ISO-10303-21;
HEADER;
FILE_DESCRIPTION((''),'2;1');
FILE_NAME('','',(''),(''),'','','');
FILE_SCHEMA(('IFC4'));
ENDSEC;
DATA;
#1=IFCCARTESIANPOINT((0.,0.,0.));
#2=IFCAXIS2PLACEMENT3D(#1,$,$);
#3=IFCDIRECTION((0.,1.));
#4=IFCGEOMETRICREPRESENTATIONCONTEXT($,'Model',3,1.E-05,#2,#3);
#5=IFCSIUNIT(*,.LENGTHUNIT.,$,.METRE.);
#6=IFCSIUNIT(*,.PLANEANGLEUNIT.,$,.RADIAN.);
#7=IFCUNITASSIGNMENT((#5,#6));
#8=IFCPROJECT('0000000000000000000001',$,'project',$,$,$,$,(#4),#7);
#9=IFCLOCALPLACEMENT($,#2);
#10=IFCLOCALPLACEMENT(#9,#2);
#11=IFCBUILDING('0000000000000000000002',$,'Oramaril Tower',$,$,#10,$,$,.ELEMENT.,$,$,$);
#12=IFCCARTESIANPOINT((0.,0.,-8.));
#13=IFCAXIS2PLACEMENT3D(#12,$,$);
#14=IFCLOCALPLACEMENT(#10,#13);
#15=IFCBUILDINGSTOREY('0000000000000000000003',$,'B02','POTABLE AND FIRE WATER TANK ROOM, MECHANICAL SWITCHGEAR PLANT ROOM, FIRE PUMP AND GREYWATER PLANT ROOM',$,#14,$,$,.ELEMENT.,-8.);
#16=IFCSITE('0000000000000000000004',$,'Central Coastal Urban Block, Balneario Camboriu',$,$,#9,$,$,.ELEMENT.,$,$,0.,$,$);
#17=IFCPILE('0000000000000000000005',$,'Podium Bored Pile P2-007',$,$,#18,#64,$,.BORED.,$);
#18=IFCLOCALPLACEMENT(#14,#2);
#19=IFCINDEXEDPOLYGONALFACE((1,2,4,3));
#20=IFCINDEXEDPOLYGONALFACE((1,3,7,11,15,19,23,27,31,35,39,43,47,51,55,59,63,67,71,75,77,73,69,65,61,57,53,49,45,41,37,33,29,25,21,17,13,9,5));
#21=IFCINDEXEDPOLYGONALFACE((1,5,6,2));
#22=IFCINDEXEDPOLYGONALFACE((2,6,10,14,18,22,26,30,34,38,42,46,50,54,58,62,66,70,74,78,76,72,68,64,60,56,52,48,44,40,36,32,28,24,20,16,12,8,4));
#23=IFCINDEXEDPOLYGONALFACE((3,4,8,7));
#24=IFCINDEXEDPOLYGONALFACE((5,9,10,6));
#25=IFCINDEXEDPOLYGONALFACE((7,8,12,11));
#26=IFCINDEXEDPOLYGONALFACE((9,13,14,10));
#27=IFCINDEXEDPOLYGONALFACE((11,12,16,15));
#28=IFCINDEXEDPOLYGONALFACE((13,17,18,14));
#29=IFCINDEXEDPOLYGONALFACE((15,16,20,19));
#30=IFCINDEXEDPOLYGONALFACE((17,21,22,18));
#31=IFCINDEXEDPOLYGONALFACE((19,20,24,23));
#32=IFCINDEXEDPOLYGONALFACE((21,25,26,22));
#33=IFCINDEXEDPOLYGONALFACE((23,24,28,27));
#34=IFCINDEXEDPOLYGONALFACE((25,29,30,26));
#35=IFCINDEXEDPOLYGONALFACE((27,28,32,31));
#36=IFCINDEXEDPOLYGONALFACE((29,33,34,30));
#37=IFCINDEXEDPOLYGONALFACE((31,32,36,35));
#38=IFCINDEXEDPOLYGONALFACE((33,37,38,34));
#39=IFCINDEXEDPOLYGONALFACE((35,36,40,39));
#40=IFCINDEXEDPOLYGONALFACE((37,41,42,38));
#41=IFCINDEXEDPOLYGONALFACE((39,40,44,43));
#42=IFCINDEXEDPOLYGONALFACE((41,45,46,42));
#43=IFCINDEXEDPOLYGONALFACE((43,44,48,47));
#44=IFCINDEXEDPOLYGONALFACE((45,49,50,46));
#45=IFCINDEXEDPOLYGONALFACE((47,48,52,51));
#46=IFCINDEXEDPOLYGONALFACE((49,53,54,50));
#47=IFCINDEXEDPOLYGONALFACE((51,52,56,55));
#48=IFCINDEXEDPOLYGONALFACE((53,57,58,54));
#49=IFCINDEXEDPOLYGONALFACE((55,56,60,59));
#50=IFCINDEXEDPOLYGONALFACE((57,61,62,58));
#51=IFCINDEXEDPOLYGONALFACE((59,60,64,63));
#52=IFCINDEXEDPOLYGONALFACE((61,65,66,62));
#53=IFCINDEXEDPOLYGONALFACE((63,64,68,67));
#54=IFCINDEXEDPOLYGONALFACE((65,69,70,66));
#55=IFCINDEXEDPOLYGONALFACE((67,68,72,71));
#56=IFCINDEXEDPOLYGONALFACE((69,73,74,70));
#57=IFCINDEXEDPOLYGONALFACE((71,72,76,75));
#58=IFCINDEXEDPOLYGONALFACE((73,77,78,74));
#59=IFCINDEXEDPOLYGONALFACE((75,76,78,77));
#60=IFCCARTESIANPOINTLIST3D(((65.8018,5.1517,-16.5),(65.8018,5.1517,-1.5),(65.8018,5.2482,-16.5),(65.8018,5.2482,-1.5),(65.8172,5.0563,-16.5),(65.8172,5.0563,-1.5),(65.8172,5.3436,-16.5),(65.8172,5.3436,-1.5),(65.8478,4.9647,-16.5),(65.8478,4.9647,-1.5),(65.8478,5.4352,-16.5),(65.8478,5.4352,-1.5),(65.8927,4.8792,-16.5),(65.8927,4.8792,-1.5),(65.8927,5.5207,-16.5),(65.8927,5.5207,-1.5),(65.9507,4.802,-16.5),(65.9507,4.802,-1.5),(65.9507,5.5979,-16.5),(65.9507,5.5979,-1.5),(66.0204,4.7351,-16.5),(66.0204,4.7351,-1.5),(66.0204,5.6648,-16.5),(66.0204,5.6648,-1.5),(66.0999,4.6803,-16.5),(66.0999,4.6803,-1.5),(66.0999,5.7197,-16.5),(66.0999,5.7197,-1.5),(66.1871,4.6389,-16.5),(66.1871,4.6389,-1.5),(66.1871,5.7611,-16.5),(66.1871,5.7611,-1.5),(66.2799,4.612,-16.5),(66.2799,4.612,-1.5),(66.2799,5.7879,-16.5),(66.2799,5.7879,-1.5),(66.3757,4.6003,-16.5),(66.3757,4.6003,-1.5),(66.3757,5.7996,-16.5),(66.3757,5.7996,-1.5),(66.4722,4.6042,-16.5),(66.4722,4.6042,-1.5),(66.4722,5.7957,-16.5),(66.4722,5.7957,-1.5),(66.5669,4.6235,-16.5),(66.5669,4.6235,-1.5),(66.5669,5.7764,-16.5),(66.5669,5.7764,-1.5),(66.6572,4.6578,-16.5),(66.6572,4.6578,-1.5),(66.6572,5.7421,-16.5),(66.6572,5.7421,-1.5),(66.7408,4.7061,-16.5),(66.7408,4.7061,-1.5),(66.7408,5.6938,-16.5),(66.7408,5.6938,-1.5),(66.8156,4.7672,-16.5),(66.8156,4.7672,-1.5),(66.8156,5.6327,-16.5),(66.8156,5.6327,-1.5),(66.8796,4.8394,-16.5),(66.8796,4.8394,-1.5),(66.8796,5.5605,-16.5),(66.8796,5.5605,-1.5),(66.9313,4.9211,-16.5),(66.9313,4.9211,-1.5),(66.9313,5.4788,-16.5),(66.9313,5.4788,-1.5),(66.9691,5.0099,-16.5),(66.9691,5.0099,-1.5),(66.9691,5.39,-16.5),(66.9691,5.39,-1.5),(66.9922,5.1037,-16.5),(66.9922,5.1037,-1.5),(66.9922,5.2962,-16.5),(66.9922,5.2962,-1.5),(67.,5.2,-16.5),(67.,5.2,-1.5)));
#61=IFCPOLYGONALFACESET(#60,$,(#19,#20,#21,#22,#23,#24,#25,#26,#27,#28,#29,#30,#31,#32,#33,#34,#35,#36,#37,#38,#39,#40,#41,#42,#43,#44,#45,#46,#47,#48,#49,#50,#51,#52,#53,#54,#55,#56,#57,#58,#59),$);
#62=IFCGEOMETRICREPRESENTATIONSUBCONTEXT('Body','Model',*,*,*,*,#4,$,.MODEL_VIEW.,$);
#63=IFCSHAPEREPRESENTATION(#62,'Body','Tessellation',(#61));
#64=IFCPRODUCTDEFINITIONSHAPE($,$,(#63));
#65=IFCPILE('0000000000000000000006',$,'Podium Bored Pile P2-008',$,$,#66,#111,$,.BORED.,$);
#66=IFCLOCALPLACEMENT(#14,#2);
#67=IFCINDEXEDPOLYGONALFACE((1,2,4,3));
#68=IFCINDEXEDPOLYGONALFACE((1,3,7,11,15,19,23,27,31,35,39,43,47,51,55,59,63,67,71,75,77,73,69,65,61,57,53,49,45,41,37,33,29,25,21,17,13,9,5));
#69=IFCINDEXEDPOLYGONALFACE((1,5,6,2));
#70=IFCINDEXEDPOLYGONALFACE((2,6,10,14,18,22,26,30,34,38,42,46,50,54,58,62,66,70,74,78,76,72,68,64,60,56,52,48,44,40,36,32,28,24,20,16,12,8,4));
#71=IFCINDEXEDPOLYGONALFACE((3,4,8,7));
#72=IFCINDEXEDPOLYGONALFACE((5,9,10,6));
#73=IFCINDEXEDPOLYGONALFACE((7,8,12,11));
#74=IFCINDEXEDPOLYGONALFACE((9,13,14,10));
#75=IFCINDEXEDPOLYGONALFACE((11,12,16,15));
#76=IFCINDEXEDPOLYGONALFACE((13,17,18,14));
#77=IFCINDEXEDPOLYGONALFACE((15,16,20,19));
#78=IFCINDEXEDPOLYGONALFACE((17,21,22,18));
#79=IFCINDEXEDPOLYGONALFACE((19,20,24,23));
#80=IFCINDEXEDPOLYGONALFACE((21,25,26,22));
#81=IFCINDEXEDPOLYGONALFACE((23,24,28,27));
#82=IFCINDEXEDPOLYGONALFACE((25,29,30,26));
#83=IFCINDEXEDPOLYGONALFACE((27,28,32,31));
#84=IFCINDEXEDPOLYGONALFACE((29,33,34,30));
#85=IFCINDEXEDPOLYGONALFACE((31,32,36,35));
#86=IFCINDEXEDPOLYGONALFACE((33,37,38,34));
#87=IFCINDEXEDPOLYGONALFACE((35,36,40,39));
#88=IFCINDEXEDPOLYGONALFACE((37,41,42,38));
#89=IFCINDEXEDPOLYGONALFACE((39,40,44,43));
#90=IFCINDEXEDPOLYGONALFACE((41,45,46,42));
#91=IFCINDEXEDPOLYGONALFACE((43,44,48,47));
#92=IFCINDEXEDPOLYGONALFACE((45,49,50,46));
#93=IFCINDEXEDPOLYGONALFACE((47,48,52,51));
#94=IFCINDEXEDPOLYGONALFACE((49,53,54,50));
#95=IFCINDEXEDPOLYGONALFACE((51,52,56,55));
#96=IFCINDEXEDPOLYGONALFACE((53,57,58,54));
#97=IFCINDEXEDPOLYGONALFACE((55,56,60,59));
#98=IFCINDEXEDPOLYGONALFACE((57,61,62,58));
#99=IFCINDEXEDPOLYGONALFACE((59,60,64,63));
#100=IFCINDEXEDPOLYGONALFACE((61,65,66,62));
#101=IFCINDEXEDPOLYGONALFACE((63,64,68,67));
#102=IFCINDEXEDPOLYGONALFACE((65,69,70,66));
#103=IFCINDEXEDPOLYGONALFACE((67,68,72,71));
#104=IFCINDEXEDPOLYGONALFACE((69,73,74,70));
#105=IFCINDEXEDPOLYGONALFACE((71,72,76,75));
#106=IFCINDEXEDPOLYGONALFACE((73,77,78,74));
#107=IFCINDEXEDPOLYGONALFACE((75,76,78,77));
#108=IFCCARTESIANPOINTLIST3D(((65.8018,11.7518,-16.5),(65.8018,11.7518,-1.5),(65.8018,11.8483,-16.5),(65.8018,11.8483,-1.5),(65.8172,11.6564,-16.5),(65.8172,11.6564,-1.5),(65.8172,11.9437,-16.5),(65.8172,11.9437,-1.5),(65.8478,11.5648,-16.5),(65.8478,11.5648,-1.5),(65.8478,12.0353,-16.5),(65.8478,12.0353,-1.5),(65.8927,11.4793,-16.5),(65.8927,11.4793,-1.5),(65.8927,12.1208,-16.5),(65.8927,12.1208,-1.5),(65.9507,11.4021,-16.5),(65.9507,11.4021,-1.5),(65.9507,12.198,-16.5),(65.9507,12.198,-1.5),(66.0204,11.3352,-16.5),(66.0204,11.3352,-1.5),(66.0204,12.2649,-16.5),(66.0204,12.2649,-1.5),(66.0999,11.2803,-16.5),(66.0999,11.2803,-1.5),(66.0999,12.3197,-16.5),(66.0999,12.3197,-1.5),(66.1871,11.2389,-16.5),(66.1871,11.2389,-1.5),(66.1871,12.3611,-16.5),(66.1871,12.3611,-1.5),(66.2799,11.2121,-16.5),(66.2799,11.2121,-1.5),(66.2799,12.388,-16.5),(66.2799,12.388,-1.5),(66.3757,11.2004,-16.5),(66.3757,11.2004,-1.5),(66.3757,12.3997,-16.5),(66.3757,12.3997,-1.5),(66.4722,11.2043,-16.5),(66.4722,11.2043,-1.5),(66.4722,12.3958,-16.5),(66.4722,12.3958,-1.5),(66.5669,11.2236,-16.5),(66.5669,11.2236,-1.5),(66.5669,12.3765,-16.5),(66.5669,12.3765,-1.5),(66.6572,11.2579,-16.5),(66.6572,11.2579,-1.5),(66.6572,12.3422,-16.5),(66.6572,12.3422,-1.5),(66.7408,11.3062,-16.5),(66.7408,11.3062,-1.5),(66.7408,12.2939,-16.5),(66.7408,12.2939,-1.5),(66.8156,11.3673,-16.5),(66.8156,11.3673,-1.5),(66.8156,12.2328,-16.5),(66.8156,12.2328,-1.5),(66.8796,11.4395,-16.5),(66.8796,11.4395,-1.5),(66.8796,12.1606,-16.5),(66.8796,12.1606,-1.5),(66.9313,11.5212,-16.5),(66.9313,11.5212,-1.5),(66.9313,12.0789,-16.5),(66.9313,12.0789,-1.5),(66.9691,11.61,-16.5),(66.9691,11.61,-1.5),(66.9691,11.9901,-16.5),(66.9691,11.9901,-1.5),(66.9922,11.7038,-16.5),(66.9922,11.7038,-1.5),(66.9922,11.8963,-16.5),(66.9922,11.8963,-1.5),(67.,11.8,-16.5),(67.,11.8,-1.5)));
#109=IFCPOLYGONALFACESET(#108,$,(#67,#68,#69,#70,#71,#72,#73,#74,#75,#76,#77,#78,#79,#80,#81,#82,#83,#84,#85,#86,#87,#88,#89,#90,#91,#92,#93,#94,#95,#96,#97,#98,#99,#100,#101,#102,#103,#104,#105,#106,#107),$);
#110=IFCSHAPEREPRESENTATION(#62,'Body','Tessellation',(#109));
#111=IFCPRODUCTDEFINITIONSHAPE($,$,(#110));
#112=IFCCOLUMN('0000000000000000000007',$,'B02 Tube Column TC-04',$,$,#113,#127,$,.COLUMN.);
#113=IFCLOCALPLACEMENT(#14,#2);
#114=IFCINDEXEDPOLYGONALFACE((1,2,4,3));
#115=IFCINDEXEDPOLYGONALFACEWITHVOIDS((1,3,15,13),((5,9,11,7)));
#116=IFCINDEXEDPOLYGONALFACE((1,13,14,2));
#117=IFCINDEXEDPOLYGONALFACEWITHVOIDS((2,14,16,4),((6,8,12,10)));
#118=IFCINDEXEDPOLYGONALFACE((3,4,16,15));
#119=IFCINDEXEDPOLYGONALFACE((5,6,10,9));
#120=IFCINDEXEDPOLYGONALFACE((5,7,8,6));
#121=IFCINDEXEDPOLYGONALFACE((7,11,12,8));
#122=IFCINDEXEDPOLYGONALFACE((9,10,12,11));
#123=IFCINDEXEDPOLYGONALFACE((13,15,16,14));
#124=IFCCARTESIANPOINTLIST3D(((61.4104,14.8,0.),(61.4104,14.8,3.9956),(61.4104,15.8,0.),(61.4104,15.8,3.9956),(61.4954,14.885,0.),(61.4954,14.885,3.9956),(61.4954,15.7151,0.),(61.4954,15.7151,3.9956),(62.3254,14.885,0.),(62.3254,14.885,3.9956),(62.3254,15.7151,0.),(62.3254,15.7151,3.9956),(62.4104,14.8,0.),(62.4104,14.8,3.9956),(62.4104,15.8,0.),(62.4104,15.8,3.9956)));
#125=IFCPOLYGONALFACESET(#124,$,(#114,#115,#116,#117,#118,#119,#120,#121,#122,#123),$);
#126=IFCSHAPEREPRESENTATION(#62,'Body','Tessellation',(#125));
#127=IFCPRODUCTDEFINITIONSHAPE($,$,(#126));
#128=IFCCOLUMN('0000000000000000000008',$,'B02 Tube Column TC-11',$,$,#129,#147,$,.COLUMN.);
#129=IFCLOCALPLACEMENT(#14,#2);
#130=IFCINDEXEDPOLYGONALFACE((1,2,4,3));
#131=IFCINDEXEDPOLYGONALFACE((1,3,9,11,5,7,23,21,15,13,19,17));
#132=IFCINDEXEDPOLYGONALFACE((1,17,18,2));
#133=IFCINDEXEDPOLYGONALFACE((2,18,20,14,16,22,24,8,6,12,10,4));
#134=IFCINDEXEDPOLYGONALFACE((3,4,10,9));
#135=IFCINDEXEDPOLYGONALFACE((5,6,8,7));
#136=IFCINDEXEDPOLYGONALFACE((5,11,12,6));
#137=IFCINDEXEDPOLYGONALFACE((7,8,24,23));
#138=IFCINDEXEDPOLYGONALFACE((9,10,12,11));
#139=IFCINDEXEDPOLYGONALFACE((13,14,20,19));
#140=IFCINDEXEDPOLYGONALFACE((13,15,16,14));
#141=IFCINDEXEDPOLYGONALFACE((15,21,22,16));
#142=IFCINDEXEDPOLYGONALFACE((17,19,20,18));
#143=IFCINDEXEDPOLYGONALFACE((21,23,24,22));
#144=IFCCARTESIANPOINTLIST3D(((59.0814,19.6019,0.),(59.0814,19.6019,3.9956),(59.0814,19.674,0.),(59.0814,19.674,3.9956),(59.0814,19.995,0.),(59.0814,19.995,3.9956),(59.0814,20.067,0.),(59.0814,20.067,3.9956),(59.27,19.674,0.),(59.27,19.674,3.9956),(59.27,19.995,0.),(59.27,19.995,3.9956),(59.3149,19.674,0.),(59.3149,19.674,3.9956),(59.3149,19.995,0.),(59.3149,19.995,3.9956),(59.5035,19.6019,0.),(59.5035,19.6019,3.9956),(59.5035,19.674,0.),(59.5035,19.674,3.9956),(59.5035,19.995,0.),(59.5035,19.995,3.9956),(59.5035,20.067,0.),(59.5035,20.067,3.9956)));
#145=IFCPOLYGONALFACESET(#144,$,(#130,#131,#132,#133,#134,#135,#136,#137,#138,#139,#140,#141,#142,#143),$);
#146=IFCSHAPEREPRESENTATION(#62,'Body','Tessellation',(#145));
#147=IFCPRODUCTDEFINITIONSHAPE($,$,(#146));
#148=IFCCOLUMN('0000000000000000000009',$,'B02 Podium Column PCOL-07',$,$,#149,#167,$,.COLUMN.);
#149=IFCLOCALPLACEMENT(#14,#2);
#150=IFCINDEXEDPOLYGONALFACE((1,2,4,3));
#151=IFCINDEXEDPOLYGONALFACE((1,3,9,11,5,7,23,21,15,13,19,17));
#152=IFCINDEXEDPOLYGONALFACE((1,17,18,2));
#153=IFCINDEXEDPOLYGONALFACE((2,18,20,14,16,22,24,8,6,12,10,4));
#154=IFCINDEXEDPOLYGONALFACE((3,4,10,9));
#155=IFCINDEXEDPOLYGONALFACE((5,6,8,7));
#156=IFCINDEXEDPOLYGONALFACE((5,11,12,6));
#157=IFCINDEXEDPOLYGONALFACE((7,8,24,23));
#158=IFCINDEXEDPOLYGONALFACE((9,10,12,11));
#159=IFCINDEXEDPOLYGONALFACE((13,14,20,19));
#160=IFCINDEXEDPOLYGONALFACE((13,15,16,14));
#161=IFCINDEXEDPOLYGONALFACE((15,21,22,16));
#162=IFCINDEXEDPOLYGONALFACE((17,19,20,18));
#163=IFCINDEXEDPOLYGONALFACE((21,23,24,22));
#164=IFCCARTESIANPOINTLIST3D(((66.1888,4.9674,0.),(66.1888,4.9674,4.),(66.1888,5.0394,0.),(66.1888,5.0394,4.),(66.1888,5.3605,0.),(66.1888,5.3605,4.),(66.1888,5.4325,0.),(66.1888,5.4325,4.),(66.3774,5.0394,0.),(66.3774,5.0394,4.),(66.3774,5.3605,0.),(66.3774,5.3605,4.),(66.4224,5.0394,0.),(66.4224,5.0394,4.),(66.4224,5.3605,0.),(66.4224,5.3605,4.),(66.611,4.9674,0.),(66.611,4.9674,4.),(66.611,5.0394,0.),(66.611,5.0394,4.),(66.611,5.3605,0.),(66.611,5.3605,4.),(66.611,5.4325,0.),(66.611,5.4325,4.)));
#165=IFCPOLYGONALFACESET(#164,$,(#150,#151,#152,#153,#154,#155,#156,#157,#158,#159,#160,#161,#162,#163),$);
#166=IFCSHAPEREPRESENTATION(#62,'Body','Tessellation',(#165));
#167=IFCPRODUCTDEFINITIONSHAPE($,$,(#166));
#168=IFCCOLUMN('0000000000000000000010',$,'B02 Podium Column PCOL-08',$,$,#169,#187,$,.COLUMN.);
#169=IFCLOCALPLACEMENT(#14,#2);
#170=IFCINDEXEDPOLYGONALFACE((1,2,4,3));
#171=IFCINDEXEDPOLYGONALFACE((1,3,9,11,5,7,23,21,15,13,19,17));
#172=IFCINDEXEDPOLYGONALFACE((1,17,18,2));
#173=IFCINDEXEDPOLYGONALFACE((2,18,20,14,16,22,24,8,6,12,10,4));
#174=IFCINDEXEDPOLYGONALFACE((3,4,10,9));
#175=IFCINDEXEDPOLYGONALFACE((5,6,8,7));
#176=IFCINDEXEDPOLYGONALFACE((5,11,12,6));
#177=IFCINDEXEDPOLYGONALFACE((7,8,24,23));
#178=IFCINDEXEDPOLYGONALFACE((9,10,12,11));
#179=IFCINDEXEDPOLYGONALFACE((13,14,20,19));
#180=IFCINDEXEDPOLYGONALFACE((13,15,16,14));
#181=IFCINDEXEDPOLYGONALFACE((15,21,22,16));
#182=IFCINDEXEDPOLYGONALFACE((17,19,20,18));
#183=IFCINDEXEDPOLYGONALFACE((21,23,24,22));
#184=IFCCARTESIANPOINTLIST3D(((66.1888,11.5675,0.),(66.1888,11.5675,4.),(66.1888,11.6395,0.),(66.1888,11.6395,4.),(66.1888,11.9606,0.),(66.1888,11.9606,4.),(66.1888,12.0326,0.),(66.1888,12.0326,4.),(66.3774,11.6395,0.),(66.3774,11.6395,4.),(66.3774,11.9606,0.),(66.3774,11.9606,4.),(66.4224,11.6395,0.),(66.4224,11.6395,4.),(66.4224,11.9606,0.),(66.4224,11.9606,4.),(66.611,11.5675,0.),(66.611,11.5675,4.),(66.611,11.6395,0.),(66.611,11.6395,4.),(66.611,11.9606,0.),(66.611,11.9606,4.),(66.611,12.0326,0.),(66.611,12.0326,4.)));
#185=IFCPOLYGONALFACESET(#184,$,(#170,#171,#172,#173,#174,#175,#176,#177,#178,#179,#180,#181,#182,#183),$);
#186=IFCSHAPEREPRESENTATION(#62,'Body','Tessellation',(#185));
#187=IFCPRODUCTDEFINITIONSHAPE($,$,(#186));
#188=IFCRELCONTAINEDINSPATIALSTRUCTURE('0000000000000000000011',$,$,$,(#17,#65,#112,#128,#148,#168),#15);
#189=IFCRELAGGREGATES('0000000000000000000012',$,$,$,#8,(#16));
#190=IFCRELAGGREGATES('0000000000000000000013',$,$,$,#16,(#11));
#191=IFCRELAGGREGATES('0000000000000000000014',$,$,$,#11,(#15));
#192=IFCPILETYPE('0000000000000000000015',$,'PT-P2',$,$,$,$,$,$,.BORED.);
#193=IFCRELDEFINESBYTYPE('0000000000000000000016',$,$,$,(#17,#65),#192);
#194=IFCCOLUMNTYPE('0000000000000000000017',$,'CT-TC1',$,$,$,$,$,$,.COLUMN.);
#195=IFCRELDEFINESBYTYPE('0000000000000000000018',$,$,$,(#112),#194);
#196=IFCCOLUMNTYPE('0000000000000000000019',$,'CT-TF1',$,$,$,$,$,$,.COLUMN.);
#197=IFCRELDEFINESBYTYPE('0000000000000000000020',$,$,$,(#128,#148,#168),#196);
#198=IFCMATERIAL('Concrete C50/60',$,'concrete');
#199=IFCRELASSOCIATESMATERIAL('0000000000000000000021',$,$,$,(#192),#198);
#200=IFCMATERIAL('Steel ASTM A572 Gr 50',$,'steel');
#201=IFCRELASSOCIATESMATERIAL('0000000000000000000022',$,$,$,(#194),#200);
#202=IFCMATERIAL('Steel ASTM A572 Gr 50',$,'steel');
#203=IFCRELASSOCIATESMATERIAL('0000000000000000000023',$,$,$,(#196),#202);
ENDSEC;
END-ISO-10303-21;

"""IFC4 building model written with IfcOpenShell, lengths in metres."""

from ifc_helpers import new_model, si_unit, direction, frame, origin, origin_2d, place, context, subcontext, project, spatial, hollow_rectangle, circle, i_section, extrude, material, material_profile, profile_set, type_object, element, save


model = new_model("IFC4")

# Units and contexts
model_context = context("Model", 3, precision=1e-05, world=origin(), true_north=direction((0.0, 1.0)))
body_context = subcontext(model_context, "Body", "Model", "MODEL_VIEW")
ifc_project = project(units=[si_unit("LENGTHUNIT", "METRE"), si_unit("PLANEANGLEUNIT", "RADIAN")], contexts=[model_context])

# Site, building, storey
site_placement = place(None, origin())
site = spatial("IfcSite", under=ifc_project, at=site_placement, Name="Central Coastal Urban Block, Balneario Camboriu", CompositionType="ELEMENT", RefElevation=0.0)
building_placement = place(site_placement, origin())
building = spatial("IfcBuilding", under=site, at=building_placement, Name="Oramaril Tower", CompositionType="ELEMENT")
storey_placement = place(building_placement, frame((0.0, 0.0, -8.0)))
storey = spatial("IfcBuildingStorey", under=building, at=storey_placement, Name="B02", Description="POTABLE AND FIRE WATER TANK ROOM, MECHANICAL SWITCHGEAR PLANT ROOM, FIRE PUMP AND GREYWATER PLANT ROOM", CompositionType="ELEMENT", Elevation=-8.0)

# Piles
ifc_material_1 = material(Name="Concrete C50/60", Category="concrete")
ifc_material_profile_1 = material_profile(ifc_material_1, circle(Radius=0.6001, at=origin_2d()), Name="D1200")
ifc_profile_set_1 = profile_set([ifc_material_profile_1], Name="Concrete C50/60")
pile_type_1 = type_object("IfcPileType", Name="PT-P2", PredefinedType="BORED", material=ifc_profile_set_1)
for number, where, z_axis, x_axis, name in (
    (1, (66.3999, 5.2, -1.5), (0.0, 0.0, -1.0), (1.0, 0.0, 0.0), "Podium Bored Pile P2-007"),
    (2, (66.3999, 11.8, -1.5), (0.0, 0.0, -1.0), (1.0, 0.0, 0.0), "Podium Bored Pile P2-008"),
):
    element("IfcPile", number, at=place(storey_placement, frame(where, z_axis=z_axis, x_axis=x_axis)), inside=storey, type_object=pile_type_1, Name=name, PredefinedType="BORED", context=body_context, shape_type="SweptSolid", body=[
        extrude(circle(Radius=0.6001, at=origin_2d()), origin(), (0.0, 0.0, 1.0), 15.0),
    ])

# Columns
ifc_material_2 = material(Name="Steel ASTM A572 Gr 50", Category="steel")
ifc_material_profile_2 = material_profile(ifc_material_2, hollow_rectangle(XDim=1.0, YDim=1.0, WallThickness=0.085, at=origin_2d()), Name="BOX1000X1000X85")
ifc_profile_set_2 = profile_set([ifc_material_profile_2], Name="Steel ASTM A572 Gr 50")
column_type_1 = type_object("IfcColumnType", Name="CT-TC1", PredefinedType="COLUMN", material=ifc_profile_set_2)
column_1_placement = place(storey_placement, frame((61.9104, 15.3, 0.0), z_axis=(0.0, 0.0, 1.0), x_axis=(1.0, 0.0, 0.0)))
element("IfcColumn", 3, at=column_1_placement, inside=storey, type_object=column_type_1, Name="B02 Tube Column TC-04", PredefinedType="COLUMN", context=body_context, shape_type="SweptSolid", body=[
    extrude(hollow_rectangle(XDim=1.0, YDim=1.0, WallThickness=0.085, at=origin_2d()), origin(), (0.0, 0.0, 1.0), 3.9956),
])
ifc_material_3 = material(Name="Steel ASTM A572 Gr 50", Category="steel")
ifc_material_profile_3 = material_profile(ifc_material_3, i_section(OverallWidth=0.4221, OverallDepth=0.4651, WebThickness=0.0449, FlangeThickness=0.072, at=origin_2d()), Name="W14X398")
ifc_profile_set_3 = profile_set([ifc_material_profile_3], Name="Steel ASTM A572 Gr 50")
column_type_2 = type_object("IfcColumnType", Name="CT-TF1", PredefinedType="COLUMN", material=ifc_profile_set_3)
column_2_placement = place(storey_placement, frame((59.2925, 19.8345, 0.0), z_axis=(0.0, 0.0, 1.0), x_axis=(1.0, 0.0, 0.0)))
element("IfcColumn", 4, at=column_2_placement, inside=storey, type_object=column_type_2, Name="B02 Tube Column TC-11", PredefinedType="COLUMN", context=body_context, shape_type="SweptSolid", body=[
    extrude(i_section(OverallWidth=0.4221, OverallDepth=0.4651, WebThickness=0.0449, FlangeThickness=0.072, at=origin_2d()), origin(), (0.0, 0.0, 1.0), 3.9956),
])
for number, where, z_axis, x_axis, name in (
    (5, (66.3999, 5.2, 0.0), (0.0, 0.0, 1.0), (1.0, 0.0, 0.0), "B02 Podium Column PCOL-07"),
    (6, (66.3999, 11.8, 0.0), (0.0, 0.0, 1.0), (1.0, 0.0, 0.0), "B02 Podium Column PCOL-08"),
):
    element("IfcColumn", number, at=place(storey_placement, frame(where, z_axis=z_axis, x_axis=x_axis)), inside=storey, type_object=column_type_2, Name=name, PredefinedType="COLUMN", context=body_context, shape_type="SweptSolid", body=[
        extrude(i_section(OverallWidth=0.4221, OverallDepth=0.4651, WebThickness=0.0449, FlangeThickness=0.072, at=origin_2d()), origin(), (0.0, 0.0, 1.0), 4.0),
    ])

save(model, "model.ifc")
